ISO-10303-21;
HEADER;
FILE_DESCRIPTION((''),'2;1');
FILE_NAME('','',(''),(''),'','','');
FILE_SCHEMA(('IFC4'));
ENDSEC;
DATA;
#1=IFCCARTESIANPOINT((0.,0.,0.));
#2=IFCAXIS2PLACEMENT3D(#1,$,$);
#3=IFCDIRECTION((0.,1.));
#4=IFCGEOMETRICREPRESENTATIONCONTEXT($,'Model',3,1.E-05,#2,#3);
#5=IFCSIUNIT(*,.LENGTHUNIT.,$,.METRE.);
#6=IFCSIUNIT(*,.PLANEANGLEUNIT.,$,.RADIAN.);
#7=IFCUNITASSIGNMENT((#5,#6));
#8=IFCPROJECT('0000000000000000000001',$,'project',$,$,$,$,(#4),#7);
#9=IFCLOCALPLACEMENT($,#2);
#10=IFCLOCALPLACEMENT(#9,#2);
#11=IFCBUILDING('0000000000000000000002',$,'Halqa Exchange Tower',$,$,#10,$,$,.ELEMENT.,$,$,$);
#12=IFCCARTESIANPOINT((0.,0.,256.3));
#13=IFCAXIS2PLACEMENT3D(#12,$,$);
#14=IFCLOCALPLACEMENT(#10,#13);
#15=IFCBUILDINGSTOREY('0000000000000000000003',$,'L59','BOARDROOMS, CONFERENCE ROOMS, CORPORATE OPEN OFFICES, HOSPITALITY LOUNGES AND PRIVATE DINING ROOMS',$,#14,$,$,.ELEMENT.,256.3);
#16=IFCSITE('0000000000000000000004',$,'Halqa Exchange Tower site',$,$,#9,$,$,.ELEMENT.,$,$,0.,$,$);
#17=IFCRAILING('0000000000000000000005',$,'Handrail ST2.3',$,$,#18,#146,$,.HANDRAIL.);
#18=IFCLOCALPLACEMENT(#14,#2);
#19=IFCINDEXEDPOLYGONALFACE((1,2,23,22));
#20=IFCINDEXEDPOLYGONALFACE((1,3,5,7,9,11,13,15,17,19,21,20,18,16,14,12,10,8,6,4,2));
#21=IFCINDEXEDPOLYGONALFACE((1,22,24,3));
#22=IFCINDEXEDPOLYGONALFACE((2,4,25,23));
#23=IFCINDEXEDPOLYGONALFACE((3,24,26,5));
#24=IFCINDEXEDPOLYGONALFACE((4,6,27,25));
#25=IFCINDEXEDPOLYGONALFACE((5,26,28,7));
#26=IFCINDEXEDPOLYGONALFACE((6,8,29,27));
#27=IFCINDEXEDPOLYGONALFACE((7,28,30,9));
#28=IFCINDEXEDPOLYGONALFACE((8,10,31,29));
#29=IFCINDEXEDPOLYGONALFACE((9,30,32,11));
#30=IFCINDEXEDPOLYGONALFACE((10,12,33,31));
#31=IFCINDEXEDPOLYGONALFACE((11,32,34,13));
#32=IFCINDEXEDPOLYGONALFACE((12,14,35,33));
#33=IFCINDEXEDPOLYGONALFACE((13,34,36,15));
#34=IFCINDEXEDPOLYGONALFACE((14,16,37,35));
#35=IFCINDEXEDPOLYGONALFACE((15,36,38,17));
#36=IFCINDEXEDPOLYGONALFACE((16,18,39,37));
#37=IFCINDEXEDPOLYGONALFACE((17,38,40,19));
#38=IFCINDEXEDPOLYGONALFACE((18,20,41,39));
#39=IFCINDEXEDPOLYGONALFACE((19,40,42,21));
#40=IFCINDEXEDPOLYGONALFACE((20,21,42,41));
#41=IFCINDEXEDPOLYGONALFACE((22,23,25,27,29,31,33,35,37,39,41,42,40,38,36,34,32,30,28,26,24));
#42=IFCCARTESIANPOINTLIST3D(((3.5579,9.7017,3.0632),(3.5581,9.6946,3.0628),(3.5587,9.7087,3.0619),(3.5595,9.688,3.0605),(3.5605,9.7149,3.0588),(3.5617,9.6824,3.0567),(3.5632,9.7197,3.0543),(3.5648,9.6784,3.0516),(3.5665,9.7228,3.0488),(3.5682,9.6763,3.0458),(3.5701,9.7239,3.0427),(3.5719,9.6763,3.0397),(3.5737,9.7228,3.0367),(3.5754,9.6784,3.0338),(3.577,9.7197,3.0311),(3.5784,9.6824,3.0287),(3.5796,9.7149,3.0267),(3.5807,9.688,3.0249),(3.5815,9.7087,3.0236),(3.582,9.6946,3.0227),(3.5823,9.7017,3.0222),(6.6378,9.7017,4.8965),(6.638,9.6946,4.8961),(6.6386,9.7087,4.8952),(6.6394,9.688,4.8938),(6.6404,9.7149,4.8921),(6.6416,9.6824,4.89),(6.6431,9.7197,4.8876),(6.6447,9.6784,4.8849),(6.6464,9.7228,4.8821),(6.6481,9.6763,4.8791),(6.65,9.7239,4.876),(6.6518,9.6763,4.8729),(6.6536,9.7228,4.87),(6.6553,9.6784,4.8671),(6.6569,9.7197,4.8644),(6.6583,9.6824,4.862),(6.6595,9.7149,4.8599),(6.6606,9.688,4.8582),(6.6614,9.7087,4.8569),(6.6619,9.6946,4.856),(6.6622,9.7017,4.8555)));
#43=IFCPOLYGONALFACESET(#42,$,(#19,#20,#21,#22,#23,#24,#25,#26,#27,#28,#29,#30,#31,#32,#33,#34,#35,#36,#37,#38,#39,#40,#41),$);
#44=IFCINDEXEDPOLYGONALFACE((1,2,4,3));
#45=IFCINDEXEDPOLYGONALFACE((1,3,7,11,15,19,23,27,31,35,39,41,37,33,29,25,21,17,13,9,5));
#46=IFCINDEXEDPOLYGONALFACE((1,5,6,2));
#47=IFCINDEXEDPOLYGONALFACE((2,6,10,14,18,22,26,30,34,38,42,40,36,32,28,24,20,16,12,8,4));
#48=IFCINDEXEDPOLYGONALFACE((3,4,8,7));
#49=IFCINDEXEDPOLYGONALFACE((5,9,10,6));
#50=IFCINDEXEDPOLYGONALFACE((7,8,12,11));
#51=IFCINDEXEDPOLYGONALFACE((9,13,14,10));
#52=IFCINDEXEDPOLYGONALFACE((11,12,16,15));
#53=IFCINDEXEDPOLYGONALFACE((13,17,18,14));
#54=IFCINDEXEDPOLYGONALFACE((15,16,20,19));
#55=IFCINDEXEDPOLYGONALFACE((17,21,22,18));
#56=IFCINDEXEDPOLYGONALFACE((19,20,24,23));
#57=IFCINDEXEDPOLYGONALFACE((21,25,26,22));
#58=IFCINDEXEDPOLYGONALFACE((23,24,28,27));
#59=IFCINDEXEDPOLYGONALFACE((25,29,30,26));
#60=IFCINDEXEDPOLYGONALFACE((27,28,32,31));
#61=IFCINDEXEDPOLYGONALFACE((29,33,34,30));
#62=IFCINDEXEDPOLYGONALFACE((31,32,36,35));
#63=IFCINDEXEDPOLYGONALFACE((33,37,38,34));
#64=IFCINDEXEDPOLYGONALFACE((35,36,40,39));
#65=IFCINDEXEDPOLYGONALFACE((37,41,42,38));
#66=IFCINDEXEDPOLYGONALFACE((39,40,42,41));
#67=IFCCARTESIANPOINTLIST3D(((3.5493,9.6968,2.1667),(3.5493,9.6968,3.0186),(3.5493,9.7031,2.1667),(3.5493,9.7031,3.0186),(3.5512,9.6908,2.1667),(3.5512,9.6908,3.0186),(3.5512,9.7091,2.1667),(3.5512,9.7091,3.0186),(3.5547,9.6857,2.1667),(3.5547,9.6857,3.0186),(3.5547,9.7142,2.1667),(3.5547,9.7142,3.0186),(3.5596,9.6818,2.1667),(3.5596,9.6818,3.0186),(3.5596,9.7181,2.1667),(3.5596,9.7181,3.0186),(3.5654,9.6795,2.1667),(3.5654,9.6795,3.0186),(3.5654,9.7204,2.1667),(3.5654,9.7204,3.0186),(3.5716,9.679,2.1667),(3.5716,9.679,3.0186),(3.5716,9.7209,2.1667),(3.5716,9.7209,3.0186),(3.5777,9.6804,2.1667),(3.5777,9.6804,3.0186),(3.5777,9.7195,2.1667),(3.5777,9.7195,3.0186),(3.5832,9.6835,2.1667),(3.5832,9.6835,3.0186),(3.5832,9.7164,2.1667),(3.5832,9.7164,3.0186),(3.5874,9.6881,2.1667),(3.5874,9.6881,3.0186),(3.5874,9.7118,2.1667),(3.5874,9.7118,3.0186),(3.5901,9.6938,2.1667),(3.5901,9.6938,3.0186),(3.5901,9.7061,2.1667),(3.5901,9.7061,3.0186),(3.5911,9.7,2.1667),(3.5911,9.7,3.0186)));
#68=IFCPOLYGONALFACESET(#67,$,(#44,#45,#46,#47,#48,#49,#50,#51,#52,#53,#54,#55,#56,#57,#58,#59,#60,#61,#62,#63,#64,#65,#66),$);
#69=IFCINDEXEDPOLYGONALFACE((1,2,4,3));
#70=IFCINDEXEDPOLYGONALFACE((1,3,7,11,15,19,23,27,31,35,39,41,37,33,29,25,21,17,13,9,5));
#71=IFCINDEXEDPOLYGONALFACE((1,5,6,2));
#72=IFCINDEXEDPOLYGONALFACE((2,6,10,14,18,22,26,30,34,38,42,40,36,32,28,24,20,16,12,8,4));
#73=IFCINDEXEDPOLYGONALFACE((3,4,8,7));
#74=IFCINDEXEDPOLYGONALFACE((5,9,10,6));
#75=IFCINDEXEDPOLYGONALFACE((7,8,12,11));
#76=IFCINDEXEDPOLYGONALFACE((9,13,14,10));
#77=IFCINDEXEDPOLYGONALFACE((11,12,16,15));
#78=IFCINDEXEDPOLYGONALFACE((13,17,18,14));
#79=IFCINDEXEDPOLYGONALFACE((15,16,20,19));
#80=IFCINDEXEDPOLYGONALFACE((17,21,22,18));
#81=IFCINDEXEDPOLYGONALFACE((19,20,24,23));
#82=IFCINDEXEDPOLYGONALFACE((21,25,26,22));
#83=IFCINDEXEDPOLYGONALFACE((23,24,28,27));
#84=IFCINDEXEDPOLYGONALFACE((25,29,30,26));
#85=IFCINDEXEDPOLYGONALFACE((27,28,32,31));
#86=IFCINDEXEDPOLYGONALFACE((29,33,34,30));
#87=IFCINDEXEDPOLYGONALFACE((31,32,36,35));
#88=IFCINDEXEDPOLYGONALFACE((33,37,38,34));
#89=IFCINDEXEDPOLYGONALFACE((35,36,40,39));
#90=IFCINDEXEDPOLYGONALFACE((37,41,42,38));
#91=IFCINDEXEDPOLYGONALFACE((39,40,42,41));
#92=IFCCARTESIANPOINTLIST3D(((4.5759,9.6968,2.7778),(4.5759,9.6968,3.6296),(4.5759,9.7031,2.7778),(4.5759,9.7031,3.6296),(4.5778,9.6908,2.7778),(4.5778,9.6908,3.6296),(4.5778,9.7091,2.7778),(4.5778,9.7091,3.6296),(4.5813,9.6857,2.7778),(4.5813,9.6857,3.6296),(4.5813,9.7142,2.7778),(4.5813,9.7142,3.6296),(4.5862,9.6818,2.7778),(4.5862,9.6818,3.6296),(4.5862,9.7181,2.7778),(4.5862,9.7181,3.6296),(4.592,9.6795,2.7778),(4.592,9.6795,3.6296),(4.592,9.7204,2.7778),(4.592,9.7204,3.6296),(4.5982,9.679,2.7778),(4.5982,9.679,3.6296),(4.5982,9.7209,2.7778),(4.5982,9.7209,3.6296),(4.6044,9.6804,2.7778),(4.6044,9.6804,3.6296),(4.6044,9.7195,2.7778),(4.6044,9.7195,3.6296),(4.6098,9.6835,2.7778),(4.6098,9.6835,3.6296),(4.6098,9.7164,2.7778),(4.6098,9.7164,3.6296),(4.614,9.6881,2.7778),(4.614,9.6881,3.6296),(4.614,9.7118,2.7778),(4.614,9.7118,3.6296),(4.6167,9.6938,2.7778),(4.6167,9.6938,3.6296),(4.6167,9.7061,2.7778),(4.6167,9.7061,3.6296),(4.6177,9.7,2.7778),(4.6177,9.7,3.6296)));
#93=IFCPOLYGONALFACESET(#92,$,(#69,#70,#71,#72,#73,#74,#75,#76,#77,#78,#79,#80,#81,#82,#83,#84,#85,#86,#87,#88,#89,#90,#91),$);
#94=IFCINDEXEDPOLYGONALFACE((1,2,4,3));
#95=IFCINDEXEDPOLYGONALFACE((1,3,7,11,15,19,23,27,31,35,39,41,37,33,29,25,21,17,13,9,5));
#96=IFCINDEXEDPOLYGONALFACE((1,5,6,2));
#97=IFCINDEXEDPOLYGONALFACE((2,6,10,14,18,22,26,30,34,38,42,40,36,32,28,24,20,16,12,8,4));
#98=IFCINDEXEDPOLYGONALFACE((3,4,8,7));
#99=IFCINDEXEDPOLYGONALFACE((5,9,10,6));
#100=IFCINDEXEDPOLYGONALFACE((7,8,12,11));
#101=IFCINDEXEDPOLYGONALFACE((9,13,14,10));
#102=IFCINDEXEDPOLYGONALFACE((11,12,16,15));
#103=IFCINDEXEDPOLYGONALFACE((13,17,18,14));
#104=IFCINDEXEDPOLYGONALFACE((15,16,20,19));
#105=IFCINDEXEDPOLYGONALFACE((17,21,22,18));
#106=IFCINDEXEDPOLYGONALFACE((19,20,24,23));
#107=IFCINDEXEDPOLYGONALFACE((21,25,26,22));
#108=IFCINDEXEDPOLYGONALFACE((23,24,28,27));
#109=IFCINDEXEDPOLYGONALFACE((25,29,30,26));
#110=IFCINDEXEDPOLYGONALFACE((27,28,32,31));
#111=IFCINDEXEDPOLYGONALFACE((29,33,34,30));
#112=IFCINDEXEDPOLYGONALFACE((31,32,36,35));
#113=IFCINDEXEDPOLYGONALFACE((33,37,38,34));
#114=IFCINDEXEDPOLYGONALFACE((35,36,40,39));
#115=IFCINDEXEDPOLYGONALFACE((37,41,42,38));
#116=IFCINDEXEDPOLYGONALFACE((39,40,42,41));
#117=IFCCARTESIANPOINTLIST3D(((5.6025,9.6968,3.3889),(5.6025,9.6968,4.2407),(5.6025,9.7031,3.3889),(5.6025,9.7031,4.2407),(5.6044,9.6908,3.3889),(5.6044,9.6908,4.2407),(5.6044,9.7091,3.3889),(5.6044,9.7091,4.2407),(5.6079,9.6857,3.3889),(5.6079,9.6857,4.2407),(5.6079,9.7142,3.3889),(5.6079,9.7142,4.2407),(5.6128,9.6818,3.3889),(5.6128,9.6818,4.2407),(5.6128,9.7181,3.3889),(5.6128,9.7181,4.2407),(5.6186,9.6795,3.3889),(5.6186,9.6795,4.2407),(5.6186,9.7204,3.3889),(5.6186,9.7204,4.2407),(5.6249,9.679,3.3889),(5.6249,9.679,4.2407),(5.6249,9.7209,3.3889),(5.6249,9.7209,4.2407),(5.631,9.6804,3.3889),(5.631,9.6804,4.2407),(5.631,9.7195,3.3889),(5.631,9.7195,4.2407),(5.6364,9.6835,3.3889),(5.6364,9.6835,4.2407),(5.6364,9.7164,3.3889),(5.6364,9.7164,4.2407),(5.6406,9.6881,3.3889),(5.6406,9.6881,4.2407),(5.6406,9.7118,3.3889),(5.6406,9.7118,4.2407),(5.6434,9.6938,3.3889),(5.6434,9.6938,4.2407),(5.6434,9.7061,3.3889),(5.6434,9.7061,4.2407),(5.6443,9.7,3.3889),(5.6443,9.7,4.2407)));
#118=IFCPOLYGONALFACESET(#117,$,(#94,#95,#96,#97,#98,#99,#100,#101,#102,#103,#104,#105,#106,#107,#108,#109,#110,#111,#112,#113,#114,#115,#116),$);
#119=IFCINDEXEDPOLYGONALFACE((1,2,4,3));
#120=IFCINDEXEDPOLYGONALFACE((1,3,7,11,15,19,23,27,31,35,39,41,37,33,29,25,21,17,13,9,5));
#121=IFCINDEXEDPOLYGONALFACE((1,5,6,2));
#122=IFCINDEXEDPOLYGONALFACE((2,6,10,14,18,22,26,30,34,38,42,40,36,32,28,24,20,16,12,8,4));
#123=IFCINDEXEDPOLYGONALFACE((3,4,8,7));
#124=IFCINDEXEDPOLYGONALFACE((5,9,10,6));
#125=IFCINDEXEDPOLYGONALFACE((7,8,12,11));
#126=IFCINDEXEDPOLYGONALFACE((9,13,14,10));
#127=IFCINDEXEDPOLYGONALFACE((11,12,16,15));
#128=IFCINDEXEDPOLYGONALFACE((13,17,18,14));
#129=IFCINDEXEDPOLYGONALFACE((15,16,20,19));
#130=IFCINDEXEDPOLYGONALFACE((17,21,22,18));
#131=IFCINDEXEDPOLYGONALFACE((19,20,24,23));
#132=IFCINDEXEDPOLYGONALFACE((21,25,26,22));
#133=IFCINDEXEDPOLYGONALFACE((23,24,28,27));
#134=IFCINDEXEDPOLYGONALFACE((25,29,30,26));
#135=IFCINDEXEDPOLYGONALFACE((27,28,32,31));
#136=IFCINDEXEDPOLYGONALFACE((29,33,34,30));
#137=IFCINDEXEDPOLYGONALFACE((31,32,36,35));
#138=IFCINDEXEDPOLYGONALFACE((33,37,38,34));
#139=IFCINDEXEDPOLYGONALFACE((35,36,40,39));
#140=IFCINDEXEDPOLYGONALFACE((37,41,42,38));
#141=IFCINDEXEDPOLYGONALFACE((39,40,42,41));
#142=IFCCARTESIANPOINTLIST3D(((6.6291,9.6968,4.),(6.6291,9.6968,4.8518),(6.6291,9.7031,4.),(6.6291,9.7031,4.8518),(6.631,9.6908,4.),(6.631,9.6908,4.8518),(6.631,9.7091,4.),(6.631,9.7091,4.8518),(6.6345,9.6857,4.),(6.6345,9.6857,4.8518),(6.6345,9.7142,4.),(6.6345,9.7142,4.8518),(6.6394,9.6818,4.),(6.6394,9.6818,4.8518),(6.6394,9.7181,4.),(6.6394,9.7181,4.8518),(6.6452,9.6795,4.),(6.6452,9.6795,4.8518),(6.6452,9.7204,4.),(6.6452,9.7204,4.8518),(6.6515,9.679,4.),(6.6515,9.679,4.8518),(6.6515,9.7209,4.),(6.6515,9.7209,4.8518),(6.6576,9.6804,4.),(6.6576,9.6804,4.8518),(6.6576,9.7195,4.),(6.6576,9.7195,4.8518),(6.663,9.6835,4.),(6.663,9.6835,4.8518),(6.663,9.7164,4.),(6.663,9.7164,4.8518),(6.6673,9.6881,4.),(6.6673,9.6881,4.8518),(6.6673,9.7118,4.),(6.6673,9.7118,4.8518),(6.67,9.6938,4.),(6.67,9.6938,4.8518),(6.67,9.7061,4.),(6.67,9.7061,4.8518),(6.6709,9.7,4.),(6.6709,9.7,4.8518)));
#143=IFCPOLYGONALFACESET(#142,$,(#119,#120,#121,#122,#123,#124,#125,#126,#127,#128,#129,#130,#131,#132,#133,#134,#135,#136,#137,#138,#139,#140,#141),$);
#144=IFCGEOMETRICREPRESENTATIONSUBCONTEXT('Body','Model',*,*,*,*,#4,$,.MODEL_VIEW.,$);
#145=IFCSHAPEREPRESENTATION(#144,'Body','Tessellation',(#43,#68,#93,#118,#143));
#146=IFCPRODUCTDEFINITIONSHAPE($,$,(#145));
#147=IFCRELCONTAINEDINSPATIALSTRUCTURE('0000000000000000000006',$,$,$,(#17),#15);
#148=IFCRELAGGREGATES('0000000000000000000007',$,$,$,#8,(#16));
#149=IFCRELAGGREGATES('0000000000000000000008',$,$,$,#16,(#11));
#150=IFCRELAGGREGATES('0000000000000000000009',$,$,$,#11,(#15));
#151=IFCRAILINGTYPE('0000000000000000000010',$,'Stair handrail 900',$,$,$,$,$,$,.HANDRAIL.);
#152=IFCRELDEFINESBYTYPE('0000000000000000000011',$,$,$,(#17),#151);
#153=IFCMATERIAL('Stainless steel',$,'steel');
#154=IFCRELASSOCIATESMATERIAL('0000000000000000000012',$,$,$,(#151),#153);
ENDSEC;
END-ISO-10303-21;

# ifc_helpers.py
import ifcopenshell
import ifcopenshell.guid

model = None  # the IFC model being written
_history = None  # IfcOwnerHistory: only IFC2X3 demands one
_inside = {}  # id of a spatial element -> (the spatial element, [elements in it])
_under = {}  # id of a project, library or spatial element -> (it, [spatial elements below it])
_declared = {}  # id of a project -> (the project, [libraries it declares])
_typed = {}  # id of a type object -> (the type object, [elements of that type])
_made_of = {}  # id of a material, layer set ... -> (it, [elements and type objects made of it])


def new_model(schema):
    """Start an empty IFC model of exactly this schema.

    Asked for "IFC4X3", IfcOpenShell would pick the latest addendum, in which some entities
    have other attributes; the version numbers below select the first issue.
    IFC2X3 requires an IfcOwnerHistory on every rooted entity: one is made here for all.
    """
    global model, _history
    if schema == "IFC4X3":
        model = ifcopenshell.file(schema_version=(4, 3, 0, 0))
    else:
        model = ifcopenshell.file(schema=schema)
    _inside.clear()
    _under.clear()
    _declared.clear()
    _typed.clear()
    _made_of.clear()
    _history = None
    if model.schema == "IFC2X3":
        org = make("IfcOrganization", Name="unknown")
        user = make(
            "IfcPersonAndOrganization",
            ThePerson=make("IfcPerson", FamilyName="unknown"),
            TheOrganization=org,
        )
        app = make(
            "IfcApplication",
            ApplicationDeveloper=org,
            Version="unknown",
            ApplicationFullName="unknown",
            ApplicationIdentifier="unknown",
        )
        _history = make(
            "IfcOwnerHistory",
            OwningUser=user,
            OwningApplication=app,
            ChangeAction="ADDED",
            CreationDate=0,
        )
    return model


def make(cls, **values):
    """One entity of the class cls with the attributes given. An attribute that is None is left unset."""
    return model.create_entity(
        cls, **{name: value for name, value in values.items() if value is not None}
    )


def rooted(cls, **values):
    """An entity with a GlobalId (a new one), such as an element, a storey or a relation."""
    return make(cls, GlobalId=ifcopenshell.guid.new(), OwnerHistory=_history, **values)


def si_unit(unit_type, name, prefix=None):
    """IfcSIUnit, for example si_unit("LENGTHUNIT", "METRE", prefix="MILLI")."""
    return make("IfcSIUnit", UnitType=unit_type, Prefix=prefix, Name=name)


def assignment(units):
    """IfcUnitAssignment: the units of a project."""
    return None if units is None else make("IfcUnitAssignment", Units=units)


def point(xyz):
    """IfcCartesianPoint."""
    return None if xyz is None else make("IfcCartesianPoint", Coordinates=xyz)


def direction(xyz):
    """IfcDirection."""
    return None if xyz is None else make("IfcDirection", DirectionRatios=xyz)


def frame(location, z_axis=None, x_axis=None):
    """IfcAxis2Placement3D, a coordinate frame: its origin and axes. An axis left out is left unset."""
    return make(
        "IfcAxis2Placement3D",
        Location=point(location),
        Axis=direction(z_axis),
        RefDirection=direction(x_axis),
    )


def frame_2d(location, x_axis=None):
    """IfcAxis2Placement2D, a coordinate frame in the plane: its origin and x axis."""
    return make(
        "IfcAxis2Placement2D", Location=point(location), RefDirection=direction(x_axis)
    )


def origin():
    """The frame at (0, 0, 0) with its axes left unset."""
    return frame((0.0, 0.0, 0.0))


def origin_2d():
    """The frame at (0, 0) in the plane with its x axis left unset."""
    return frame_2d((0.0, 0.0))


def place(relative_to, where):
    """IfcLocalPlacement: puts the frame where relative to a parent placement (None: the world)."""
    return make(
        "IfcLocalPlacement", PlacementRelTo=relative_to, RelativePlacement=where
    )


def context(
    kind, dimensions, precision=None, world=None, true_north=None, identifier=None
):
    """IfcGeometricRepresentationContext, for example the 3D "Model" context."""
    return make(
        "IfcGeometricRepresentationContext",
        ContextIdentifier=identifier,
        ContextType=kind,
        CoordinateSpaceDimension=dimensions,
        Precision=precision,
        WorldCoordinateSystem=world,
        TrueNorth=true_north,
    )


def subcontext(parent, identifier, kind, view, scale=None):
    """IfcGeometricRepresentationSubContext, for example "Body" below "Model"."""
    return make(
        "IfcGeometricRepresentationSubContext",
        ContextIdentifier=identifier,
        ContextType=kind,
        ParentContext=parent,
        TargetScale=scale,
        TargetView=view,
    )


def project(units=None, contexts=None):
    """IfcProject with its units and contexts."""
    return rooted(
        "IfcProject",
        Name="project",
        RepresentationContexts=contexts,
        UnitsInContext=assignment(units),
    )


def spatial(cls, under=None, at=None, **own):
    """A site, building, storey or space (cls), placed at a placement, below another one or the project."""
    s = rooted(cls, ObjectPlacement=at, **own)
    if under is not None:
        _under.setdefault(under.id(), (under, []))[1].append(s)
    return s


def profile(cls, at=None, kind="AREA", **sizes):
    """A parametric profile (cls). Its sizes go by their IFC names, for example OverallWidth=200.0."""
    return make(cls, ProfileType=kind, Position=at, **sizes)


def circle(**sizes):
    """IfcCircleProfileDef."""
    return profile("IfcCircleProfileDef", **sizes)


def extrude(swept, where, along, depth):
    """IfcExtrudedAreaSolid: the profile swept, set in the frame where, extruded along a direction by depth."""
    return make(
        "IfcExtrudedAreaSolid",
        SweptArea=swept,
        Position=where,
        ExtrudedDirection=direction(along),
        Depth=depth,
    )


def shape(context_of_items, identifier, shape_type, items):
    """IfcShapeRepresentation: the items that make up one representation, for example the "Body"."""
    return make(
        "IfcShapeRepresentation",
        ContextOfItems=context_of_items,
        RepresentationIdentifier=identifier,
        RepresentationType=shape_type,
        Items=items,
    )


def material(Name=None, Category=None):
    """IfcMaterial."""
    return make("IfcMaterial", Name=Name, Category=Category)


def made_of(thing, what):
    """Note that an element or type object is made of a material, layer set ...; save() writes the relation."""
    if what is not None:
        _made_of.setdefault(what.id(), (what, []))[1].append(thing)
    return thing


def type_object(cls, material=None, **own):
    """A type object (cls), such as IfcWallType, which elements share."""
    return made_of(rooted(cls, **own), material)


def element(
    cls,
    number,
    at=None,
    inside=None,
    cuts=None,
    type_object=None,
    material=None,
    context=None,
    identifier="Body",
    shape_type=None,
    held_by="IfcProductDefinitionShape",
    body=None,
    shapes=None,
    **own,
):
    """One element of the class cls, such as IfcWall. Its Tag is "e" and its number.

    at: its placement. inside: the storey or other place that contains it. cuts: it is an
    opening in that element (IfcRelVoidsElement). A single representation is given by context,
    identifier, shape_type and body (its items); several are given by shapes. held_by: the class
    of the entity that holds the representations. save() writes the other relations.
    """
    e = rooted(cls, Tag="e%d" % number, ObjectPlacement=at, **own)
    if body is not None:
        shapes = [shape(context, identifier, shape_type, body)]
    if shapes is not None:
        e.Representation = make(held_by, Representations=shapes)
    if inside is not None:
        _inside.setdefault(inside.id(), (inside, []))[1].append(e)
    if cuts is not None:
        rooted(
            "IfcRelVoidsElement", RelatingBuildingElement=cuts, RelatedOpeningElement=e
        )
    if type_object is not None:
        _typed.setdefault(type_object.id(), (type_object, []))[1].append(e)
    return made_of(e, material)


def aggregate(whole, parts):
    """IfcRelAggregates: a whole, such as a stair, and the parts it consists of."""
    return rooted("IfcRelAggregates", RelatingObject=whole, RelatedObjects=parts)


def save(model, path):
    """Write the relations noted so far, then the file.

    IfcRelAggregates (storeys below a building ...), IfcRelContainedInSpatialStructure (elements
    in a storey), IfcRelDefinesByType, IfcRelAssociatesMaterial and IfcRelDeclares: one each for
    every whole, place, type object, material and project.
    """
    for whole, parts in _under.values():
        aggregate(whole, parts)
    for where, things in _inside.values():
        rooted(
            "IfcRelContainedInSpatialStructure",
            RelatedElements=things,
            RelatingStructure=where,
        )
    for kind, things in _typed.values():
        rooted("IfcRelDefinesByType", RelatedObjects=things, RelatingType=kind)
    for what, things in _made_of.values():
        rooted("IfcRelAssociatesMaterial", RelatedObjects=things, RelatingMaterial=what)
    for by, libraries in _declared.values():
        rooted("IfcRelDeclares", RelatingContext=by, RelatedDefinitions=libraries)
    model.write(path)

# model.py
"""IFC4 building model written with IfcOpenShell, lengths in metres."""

from ifc_helpers import new_model, si_unit, direction, frame, origin, origin_2d, place, context, subcontext, project, spatial, circle, extrude, material, type_object, element, save


model = new_model("IFC4")

# Units and contexts
model_context = context("Model", 3, precision=1e-05, world=origin(), true_north=direction((0.0, 1.0)))
body_context = subcontext(model_context, "Body", "Model", "MODEL_VIEW")
ifc_project = project(units=[si_unit("LENGTHUNIT", "METRE"), si_unit("PLANEANGLEUNIT", "RADIAN")], contexts=[model_context])

# Site, building, storey
site_placement = place(None, origin())
site = spatial("IfcSite", under=ifc_project, at=site_placement, Name="Halqa Exchange Tower site", CompositionType="ELEMENT", RefElevation=0.0)
building_placement = place(site_placement, origin())
building = spatial("IfcBuilding", under=site, at=building_placement, Name="Halqa Exchange Tower", CompositionType="ELEMENT")
storey_placement = place(building_placement, frame((0.0, 0.0, 256.3)))
storey = spatial("IfcBuildingStorey", under=building, at=storey_placement, Name="L59", Description="BOARDROOMS, CONFERENCE ROOMS, CORPORATE OPEN OFFICES, HOSPITALITY LOUNGES AND PRIVATE DINING ROOMS", CompositionType="ELEMENT", Elevation=256.3)

# Railing
ifc_material_1 = material(Name="Stainless steel", Category="steel")
railing_type_1 = type_object("IfcRailingType", Name="Stair handrail 900", PredefinedType="HANDRAIL", material=ifc_material_1)
railing_1_placement = place(storey_placement, frame((3.5701, 9.7, 2.1667)))
element("IfcRailing", 1, at=railing_1_placement, inside=storey, type_object=railing_type_1, Name="Handrail ST2.3", PredefinedType="HANDRAIL", context=body_context, shape_type="SweptSolid", body=[
    extrude(circle(Radius=0.0239, at=origin_2d()), frame((0.0, 0.0, 0.876), z_axis=(0.859291, 0.0, 0.511487), x_axis=(0.0, 1.0, 0.0)), (0.0, 0.0, 1.0), 3.5842),
    extrude(circle(Radius=0.021, at=origin_2d()), origin(), (0.0, 0.0, 1.0), 0.8518),
    extrude(circle(Radius=0.021, at=origin_2d()), frame((1.0266, 0.0, 0.6111)), (0.0, 0.0, 1.0), 0.8518),
    extrude(circle(Radius=0.021, at=origin_2d()), frame((2.0532, 0.0, 1.2222)), (0.0, 0.0, 1.0), 0.8518),
    extrude(circle(Radius=0.021, at=origin_2d()), frame((3.0798, 0.0, 1.8333)), (0.0, 0.0, 1.0), 0.8518),
])

save(model, "model.ifc")
